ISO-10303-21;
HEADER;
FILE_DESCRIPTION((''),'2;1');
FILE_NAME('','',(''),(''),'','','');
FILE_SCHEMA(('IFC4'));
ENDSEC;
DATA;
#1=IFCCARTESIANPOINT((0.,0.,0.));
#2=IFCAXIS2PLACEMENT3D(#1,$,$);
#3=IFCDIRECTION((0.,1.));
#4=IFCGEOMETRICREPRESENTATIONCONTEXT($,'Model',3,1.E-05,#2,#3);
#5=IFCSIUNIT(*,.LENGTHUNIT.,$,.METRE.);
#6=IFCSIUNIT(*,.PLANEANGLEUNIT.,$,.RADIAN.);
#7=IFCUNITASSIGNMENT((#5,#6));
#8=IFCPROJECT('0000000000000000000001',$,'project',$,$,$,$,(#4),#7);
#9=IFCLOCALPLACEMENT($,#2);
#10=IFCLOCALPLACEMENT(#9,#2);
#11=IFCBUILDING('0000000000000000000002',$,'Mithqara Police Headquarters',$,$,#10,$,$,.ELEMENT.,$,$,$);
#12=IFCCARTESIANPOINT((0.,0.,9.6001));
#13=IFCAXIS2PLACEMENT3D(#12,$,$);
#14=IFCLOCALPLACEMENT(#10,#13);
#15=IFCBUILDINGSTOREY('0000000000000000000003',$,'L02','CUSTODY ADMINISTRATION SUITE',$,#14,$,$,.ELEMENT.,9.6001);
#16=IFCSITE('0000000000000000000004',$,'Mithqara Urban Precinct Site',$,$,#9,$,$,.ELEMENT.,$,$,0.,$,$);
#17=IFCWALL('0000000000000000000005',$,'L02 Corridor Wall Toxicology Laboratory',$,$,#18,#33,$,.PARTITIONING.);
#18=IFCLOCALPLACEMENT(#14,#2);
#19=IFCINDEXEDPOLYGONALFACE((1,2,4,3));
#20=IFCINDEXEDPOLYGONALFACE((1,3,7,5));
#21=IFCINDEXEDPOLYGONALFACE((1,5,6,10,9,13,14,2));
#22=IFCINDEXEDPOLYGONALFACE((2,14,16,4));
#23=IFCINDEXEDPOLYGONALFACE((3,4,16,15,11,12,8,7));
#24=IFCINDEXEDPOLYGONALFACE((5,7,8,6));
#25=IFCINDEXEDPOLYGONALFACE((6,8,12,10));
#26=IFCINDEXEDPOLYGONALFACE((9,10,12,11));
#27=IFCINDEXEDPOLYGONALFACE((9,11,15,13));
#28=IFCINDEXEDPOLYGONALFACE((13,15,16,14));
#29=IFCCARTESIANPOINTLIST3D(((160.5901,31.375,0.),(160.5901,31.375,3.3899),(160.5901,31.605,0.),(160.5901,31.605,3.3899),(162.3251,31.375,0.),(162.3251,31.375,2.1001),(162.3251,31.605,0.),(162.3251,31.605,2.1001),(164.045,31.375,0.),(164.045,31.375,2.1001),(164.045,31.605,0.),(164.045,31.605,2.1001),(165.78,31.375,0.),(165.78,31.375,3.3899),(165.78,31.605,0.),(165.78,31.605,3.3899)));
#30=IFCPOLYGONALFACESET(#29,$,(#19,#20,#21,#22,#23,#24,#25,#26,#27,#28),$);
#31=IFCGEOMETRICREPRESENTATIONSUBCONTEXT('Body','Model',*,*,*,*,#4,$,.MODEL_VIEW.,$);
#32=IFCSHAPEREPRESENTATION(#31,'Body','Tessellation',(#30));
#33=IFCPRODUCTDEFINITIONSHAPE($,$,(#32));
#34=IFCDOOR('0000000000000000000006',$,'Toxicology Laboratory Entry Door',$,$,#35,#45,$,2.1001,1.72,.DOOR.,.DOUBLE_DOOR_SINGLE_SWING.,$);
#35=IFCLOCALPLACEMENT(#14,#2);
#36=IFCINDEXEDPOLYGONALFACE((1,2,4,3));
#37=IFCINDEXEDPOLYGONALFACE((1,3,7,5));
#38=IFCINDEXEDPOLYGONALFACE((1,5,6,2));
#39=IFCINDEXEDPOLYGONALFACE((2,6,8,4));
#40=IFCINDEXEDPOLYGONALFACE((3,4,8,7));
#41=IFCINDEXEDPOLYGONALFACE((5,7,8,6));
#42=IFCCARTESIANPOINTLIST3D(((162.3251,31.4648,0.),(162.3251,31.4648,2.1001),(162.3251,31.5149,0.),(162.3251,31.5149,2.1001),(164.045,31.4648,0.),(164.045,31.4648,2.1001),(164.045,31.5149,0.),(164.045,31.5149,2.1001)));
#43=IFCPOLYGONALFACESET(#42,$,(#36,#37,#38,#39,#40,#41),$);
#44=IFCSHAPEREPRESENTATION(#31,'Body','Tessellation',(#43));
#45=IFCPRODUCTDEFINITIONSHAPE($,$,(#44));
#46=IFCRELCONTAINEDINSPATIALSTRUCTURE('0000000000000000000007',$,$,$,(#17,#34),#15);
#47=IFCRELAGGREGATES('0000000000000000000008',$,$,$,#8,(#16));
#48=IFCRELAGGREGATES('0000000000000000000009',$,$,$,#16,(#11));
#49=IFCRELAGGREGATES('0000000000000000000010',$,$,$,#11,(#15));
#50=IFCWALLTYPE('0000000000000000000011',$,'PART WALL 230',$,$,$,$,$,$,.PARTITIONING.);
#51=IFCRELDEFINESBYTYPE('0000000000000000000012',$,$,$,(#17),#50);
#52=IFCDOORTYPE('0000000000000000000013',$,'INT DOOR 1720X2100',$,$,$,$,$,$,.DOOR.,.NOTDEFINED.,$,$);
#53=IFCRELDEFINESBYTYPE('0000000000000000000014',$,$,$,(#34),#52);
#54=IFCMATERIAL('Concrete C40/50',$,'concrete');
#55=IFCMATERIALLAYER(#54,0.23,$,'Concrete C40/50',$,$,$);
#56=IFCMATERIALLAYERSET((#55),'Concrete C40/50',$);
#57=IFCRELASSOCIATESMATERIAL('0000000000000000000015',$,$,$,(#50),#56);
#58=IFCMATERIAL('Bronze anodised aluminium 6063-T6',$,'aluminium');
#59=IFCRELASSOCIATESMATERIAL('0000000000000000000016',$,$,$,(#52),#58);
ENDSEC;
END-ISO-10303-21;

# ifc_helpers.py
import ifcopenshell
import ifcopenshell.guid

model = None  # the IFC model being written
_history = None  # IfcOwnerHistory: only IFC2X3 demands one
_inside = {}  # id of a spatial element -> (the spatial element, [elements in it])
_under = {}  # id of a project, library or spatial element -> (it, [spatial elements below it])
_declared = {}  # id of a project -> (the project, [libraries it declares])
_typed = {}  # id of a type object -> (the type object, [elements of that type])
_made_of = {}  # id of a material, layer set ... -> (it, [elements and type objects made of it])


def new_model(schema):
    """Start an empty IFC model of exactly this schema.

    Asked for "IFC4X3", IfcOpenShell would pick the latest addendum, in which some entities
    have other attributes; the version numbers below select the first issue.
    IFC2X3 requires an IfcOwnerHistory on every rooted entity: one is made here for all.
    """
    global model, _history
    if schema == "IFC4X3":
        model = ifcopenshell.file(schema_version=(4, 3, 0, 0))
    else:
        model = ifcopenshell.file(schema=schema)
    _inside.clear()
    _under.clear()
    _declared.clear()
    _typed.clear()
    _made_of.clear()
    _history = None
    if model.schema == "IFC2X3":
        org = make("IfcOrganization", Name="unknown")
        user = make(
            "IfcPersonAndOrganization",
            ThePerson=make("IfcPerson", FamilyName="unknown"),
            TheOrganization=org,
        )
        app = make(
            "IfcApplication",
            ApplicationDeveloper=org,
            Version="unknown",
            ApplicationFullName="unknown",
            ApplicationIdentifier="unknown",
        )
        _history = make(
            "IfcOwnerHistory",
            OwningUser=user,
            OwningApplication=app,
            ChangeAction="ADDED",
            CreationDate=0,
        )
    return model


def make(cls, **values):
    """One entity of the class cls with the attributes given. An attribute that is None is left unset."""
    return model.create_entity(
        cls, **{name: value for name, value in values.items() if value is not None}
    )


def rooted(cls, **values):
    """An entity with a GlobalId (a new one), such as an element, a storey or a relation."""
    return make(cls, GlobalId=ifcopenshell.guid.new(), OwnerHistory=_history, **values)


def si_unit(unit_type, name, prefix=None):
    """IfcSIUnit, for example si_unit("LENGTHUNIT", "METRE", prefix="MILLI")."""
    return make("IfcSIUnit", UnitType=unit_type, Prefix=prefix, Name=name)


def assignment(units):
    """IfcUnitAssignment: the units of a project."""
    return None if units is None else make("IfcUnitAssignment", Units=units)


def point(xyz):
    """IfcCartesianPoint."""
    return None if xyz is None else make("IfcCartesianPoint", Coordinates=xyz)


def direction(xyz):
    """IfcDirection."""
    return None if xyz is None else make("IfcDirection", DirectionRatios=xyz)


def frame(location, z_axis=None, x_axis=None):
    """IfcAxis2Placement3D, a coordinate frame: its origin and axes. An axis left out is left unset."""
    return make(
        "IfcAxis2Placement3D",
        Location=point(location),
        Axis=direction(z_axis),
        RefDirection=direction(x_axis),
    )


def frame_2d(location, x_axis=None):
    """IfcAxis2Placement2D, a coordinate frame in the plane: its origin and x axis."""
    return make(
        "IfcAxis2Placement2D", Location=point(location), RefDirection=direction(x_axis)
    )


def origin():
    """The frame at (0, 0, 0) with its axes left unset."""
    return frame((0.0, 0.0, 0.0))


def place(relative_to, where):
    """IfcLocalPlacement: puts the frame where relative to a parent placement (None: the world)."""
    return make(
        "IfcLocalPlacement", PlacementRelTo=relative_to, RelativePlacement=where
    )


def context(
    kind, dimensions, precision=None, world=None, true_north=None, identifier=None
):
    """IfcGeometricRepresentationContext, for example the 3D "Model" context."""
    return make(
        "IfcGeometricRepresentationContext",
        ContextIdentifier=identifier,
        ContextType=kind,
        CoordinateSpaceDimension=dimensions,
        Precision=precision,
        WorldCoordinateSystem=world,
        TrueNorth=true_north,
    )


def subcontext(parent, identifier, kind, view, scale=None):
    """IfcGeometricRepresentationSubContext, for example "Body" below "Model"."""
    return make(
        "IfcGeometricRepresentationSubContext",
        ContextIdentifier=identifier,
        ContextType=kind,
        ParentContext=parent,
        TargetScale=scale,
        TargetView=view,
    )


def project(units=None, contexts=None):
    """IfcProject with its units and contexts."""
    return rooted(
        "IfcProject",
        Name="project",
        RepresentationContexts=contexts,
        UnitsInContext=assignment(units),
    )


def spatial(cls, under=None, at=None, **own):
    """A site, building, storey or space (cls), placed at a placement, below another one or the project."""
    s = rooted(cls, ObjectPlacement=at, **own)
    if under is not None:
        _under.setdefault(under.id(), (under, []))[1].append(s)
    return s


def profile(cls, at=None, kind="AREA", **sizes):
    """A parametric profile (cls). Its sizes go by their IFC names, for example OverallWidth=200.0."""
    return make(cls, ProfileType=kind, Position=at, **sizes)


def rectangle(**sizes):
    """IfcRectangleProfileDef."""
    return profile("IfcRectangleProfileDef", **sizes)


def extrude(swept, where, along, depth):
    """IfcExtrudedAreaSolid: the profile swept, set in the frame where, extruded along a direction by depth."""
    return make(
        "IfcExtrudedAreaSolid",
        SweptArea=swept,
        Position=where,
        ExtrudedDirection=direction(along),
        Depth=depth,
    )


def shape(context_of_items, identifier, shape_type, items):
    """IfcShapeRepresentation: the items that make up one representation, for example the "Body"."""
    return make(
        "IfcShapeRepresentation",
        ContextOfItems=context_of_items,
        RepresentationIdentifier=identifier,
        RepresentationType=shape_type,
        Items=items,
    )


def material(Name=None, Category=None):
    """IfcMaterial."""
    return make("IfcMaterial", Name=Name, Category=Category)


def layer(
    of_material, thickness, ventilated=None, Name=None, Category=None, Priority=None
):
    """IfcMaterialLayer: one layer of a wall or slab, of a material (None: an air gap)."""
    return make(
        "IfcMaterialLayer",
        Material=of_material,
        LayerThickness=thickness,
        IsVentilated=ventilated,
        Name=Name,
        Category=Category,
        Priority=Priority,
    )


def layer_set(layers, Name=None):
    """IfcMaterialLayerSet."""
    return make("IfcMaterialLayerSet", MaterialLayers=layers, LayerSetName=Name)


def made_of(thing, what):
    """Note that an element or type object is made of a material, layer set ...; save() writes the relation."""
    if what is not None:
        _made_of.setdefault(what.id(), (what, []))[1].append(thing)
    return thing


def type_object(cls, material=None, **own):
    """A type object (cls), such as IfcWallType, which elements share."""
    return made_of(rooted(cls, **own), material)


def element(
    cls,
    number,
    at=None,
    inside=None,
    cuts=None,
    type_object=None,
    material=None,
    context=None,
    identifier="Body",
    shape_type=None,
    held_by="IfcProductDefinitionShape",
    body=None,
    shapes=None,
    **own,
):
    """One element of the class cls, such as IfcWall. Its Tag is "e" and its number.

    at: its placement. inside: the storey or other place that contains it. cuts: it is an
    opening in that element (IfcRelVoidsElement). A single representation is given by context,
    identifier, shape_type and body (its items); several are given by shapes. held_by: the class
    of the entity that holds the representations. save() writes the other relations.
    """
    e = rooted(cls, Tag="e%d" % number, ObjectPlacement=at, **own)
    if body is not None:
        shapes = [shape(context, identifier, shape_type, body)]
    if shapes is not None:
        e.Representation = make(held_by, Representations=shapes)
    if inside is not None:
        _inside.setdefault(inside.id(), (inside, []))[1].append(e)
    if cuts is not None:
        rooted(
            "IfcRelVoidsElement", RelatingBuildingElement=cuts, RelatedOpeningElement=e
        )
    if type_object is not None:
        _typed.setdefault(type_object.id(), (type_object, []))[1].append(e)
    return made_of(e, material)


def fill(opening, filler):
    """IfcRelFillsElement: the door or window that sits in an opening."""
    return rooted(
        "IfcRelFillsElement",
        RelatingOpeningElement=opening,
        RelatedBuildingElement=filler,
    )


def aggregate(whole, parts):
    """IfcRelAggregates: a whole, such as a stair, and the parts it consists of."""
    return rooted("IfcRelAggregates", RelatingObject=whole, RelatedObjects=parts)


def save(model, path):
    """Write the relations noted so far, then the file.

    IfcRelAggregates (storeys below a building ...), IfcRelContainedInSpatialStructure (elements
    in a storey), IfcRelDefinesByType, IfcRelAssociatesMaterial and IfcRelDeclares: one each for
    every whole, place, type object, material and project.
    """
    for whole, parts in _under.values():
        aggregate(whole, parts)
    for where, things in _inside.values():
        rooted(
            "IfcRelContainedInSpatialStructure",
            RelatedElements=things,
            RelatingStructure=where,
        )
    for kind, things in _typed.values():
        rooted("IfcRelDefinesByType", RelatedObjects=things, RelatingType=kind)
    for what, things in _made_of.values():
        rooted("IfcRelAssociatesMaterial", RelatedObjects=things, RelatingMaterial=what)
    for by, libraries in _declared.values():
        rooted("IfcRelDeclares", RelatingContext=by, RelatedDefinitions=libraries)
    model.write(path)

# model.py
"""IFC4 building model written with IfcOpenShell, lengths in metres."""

from ifc_helpers import new_model, si_unit, direction, frame, frame_2d, origin, place, context, subcontext, project, spatial, rectangle, extrude, material, layer, layer_set, type_object, element, fill, save


model = new_model("IFC4")

# Units and contexts
model_context = context("Model", 3, precision=1e-05, world=origin(), true_north=direction((0.0, 1.0)))
body_context = subcontext(model_context, "Body", "Model", "MODEL_VIEW")
ifc_project = project(units=[si_unit("LENGTHUNIT", "METRE"), si_unit("PLANEANGLEUNIT", "RADIAN")], contexts=[model_context])

# Site, building, storey
site_placement = place(None, origin())
site = spatial("IfcSite", under=ifc_project, at=site_placement, Name="Mithqara Urban Precinct Site", CompositionType="ELEMENT", RefElevation=0.0)
building_placement = place(site_placement, origin())
building = spatial("IfcBuilding", under=site, at=building_placement, Name="Mithqara Police Headquarters", CompositionType="ELEMENT")
storey_placement = place(building_placement, frame((0.0, 0.0, 9.6001)))
storey = spatial("IfcBuildingStorey", under=building, at=storey_placement, Name="L02", Description="CUSTODY ADMINISTRATION SUITE", CompositionType="ELEMENT", Elevation=9.6001)

# Shared definitions
ifc_material_1 = material(Name="Bronze anodised aluminium 6063-T6", Category="aluminium")

# Shared definitions
ifc_material_2 = material(Name="Concrete C40/50", Category="concrete")
ifc_layer_1 = layer(ifc_material_2, 0.23, Name="Concrete C40/50")
ifc_layer_set_1 = layer_set([ifc_layer_1], Name="Concrete C40/50")
wall_type = type_object("IfcWallType", Name="PART WALL 230", PredefinedType="PARTITIONING", material=ifc_layer_set_1)

# Wall, opening, door
wall_1_placement = place(storey_placement, frame((160.5901, 31.49, 0.0), z_axis=(0.0, 0.0, 1.0), x_axis=(1.0, 0.0, 0.0)))
wall_1 = element("IfcWall", 1, at=wall_1_placement, inside=storey, type_object=wall_type, Name="L02 Corridor Wall Toxicology Laboratory", PredefinedType="PARTITIONING", context=body_context, shape_type="SweptSolid", body=[
    extrude(rectangle(XDim=5.1899, YDim=0.23, at=frame_2d((2.595, 0.0))), origin(), (0.0, 0.0, 1.0), 3.3899),
])
opening_1_placement = place(wall_1_placement, frame((1.7351, 0.0, 0.0)))
opening_1 = element("IfcOpeningElement", 2, at=opening_1_placement, cuts=wall_1, PredefinedType="OPENING", context=body_context, shape_type="SweptSolid", body=[
    extrude(rectangle(XDim=1.72, YDim=2.1001, at=frame_2d((0.8599, 1.05))), frame((0.0, 0.125, 0.0), z_axis=(0.0, -1.0, 0.0), x_axis=(1.0, 0.0, 0.0)), (0.0, 0.0, 1.0), 0.25),
])
door_type_1 = type_object("IfcDoorType", Name="INT DOOR 1720X2100", OperationType="NOTDEFINED", PredefinedType="DOOR", material=ifc_material_1)
door_1_placement = place(opening_1_placement, origin())
door_1 = element("IfcDoor", 3, at=door_1_placement, inside=storey, type_object=door_type_1, Name="Toxicology Laboratory Entry Door", OperationType="DOUBLE_DOOR_SINGLE_SWING", OverallHeight=2.1001, OverallWidth=1.72, PredefinedType="DOOR", context=body_context, shape_type="SweptSolid", body=[
    extrude(rectangle(XDim=1.72, YDim=2.1001, at=frame_2d((0.8599, 1.05))), frame((0.0, 0.0249, 0.0), z_axis=(0.0, -1.0, 0.0), x_axis=(1.0, 0.0, 0.0)), (0.0, 0.0, 1.0), 0.05),
])
fill(opening_1, door_1)

save(model, "model.ifc")
